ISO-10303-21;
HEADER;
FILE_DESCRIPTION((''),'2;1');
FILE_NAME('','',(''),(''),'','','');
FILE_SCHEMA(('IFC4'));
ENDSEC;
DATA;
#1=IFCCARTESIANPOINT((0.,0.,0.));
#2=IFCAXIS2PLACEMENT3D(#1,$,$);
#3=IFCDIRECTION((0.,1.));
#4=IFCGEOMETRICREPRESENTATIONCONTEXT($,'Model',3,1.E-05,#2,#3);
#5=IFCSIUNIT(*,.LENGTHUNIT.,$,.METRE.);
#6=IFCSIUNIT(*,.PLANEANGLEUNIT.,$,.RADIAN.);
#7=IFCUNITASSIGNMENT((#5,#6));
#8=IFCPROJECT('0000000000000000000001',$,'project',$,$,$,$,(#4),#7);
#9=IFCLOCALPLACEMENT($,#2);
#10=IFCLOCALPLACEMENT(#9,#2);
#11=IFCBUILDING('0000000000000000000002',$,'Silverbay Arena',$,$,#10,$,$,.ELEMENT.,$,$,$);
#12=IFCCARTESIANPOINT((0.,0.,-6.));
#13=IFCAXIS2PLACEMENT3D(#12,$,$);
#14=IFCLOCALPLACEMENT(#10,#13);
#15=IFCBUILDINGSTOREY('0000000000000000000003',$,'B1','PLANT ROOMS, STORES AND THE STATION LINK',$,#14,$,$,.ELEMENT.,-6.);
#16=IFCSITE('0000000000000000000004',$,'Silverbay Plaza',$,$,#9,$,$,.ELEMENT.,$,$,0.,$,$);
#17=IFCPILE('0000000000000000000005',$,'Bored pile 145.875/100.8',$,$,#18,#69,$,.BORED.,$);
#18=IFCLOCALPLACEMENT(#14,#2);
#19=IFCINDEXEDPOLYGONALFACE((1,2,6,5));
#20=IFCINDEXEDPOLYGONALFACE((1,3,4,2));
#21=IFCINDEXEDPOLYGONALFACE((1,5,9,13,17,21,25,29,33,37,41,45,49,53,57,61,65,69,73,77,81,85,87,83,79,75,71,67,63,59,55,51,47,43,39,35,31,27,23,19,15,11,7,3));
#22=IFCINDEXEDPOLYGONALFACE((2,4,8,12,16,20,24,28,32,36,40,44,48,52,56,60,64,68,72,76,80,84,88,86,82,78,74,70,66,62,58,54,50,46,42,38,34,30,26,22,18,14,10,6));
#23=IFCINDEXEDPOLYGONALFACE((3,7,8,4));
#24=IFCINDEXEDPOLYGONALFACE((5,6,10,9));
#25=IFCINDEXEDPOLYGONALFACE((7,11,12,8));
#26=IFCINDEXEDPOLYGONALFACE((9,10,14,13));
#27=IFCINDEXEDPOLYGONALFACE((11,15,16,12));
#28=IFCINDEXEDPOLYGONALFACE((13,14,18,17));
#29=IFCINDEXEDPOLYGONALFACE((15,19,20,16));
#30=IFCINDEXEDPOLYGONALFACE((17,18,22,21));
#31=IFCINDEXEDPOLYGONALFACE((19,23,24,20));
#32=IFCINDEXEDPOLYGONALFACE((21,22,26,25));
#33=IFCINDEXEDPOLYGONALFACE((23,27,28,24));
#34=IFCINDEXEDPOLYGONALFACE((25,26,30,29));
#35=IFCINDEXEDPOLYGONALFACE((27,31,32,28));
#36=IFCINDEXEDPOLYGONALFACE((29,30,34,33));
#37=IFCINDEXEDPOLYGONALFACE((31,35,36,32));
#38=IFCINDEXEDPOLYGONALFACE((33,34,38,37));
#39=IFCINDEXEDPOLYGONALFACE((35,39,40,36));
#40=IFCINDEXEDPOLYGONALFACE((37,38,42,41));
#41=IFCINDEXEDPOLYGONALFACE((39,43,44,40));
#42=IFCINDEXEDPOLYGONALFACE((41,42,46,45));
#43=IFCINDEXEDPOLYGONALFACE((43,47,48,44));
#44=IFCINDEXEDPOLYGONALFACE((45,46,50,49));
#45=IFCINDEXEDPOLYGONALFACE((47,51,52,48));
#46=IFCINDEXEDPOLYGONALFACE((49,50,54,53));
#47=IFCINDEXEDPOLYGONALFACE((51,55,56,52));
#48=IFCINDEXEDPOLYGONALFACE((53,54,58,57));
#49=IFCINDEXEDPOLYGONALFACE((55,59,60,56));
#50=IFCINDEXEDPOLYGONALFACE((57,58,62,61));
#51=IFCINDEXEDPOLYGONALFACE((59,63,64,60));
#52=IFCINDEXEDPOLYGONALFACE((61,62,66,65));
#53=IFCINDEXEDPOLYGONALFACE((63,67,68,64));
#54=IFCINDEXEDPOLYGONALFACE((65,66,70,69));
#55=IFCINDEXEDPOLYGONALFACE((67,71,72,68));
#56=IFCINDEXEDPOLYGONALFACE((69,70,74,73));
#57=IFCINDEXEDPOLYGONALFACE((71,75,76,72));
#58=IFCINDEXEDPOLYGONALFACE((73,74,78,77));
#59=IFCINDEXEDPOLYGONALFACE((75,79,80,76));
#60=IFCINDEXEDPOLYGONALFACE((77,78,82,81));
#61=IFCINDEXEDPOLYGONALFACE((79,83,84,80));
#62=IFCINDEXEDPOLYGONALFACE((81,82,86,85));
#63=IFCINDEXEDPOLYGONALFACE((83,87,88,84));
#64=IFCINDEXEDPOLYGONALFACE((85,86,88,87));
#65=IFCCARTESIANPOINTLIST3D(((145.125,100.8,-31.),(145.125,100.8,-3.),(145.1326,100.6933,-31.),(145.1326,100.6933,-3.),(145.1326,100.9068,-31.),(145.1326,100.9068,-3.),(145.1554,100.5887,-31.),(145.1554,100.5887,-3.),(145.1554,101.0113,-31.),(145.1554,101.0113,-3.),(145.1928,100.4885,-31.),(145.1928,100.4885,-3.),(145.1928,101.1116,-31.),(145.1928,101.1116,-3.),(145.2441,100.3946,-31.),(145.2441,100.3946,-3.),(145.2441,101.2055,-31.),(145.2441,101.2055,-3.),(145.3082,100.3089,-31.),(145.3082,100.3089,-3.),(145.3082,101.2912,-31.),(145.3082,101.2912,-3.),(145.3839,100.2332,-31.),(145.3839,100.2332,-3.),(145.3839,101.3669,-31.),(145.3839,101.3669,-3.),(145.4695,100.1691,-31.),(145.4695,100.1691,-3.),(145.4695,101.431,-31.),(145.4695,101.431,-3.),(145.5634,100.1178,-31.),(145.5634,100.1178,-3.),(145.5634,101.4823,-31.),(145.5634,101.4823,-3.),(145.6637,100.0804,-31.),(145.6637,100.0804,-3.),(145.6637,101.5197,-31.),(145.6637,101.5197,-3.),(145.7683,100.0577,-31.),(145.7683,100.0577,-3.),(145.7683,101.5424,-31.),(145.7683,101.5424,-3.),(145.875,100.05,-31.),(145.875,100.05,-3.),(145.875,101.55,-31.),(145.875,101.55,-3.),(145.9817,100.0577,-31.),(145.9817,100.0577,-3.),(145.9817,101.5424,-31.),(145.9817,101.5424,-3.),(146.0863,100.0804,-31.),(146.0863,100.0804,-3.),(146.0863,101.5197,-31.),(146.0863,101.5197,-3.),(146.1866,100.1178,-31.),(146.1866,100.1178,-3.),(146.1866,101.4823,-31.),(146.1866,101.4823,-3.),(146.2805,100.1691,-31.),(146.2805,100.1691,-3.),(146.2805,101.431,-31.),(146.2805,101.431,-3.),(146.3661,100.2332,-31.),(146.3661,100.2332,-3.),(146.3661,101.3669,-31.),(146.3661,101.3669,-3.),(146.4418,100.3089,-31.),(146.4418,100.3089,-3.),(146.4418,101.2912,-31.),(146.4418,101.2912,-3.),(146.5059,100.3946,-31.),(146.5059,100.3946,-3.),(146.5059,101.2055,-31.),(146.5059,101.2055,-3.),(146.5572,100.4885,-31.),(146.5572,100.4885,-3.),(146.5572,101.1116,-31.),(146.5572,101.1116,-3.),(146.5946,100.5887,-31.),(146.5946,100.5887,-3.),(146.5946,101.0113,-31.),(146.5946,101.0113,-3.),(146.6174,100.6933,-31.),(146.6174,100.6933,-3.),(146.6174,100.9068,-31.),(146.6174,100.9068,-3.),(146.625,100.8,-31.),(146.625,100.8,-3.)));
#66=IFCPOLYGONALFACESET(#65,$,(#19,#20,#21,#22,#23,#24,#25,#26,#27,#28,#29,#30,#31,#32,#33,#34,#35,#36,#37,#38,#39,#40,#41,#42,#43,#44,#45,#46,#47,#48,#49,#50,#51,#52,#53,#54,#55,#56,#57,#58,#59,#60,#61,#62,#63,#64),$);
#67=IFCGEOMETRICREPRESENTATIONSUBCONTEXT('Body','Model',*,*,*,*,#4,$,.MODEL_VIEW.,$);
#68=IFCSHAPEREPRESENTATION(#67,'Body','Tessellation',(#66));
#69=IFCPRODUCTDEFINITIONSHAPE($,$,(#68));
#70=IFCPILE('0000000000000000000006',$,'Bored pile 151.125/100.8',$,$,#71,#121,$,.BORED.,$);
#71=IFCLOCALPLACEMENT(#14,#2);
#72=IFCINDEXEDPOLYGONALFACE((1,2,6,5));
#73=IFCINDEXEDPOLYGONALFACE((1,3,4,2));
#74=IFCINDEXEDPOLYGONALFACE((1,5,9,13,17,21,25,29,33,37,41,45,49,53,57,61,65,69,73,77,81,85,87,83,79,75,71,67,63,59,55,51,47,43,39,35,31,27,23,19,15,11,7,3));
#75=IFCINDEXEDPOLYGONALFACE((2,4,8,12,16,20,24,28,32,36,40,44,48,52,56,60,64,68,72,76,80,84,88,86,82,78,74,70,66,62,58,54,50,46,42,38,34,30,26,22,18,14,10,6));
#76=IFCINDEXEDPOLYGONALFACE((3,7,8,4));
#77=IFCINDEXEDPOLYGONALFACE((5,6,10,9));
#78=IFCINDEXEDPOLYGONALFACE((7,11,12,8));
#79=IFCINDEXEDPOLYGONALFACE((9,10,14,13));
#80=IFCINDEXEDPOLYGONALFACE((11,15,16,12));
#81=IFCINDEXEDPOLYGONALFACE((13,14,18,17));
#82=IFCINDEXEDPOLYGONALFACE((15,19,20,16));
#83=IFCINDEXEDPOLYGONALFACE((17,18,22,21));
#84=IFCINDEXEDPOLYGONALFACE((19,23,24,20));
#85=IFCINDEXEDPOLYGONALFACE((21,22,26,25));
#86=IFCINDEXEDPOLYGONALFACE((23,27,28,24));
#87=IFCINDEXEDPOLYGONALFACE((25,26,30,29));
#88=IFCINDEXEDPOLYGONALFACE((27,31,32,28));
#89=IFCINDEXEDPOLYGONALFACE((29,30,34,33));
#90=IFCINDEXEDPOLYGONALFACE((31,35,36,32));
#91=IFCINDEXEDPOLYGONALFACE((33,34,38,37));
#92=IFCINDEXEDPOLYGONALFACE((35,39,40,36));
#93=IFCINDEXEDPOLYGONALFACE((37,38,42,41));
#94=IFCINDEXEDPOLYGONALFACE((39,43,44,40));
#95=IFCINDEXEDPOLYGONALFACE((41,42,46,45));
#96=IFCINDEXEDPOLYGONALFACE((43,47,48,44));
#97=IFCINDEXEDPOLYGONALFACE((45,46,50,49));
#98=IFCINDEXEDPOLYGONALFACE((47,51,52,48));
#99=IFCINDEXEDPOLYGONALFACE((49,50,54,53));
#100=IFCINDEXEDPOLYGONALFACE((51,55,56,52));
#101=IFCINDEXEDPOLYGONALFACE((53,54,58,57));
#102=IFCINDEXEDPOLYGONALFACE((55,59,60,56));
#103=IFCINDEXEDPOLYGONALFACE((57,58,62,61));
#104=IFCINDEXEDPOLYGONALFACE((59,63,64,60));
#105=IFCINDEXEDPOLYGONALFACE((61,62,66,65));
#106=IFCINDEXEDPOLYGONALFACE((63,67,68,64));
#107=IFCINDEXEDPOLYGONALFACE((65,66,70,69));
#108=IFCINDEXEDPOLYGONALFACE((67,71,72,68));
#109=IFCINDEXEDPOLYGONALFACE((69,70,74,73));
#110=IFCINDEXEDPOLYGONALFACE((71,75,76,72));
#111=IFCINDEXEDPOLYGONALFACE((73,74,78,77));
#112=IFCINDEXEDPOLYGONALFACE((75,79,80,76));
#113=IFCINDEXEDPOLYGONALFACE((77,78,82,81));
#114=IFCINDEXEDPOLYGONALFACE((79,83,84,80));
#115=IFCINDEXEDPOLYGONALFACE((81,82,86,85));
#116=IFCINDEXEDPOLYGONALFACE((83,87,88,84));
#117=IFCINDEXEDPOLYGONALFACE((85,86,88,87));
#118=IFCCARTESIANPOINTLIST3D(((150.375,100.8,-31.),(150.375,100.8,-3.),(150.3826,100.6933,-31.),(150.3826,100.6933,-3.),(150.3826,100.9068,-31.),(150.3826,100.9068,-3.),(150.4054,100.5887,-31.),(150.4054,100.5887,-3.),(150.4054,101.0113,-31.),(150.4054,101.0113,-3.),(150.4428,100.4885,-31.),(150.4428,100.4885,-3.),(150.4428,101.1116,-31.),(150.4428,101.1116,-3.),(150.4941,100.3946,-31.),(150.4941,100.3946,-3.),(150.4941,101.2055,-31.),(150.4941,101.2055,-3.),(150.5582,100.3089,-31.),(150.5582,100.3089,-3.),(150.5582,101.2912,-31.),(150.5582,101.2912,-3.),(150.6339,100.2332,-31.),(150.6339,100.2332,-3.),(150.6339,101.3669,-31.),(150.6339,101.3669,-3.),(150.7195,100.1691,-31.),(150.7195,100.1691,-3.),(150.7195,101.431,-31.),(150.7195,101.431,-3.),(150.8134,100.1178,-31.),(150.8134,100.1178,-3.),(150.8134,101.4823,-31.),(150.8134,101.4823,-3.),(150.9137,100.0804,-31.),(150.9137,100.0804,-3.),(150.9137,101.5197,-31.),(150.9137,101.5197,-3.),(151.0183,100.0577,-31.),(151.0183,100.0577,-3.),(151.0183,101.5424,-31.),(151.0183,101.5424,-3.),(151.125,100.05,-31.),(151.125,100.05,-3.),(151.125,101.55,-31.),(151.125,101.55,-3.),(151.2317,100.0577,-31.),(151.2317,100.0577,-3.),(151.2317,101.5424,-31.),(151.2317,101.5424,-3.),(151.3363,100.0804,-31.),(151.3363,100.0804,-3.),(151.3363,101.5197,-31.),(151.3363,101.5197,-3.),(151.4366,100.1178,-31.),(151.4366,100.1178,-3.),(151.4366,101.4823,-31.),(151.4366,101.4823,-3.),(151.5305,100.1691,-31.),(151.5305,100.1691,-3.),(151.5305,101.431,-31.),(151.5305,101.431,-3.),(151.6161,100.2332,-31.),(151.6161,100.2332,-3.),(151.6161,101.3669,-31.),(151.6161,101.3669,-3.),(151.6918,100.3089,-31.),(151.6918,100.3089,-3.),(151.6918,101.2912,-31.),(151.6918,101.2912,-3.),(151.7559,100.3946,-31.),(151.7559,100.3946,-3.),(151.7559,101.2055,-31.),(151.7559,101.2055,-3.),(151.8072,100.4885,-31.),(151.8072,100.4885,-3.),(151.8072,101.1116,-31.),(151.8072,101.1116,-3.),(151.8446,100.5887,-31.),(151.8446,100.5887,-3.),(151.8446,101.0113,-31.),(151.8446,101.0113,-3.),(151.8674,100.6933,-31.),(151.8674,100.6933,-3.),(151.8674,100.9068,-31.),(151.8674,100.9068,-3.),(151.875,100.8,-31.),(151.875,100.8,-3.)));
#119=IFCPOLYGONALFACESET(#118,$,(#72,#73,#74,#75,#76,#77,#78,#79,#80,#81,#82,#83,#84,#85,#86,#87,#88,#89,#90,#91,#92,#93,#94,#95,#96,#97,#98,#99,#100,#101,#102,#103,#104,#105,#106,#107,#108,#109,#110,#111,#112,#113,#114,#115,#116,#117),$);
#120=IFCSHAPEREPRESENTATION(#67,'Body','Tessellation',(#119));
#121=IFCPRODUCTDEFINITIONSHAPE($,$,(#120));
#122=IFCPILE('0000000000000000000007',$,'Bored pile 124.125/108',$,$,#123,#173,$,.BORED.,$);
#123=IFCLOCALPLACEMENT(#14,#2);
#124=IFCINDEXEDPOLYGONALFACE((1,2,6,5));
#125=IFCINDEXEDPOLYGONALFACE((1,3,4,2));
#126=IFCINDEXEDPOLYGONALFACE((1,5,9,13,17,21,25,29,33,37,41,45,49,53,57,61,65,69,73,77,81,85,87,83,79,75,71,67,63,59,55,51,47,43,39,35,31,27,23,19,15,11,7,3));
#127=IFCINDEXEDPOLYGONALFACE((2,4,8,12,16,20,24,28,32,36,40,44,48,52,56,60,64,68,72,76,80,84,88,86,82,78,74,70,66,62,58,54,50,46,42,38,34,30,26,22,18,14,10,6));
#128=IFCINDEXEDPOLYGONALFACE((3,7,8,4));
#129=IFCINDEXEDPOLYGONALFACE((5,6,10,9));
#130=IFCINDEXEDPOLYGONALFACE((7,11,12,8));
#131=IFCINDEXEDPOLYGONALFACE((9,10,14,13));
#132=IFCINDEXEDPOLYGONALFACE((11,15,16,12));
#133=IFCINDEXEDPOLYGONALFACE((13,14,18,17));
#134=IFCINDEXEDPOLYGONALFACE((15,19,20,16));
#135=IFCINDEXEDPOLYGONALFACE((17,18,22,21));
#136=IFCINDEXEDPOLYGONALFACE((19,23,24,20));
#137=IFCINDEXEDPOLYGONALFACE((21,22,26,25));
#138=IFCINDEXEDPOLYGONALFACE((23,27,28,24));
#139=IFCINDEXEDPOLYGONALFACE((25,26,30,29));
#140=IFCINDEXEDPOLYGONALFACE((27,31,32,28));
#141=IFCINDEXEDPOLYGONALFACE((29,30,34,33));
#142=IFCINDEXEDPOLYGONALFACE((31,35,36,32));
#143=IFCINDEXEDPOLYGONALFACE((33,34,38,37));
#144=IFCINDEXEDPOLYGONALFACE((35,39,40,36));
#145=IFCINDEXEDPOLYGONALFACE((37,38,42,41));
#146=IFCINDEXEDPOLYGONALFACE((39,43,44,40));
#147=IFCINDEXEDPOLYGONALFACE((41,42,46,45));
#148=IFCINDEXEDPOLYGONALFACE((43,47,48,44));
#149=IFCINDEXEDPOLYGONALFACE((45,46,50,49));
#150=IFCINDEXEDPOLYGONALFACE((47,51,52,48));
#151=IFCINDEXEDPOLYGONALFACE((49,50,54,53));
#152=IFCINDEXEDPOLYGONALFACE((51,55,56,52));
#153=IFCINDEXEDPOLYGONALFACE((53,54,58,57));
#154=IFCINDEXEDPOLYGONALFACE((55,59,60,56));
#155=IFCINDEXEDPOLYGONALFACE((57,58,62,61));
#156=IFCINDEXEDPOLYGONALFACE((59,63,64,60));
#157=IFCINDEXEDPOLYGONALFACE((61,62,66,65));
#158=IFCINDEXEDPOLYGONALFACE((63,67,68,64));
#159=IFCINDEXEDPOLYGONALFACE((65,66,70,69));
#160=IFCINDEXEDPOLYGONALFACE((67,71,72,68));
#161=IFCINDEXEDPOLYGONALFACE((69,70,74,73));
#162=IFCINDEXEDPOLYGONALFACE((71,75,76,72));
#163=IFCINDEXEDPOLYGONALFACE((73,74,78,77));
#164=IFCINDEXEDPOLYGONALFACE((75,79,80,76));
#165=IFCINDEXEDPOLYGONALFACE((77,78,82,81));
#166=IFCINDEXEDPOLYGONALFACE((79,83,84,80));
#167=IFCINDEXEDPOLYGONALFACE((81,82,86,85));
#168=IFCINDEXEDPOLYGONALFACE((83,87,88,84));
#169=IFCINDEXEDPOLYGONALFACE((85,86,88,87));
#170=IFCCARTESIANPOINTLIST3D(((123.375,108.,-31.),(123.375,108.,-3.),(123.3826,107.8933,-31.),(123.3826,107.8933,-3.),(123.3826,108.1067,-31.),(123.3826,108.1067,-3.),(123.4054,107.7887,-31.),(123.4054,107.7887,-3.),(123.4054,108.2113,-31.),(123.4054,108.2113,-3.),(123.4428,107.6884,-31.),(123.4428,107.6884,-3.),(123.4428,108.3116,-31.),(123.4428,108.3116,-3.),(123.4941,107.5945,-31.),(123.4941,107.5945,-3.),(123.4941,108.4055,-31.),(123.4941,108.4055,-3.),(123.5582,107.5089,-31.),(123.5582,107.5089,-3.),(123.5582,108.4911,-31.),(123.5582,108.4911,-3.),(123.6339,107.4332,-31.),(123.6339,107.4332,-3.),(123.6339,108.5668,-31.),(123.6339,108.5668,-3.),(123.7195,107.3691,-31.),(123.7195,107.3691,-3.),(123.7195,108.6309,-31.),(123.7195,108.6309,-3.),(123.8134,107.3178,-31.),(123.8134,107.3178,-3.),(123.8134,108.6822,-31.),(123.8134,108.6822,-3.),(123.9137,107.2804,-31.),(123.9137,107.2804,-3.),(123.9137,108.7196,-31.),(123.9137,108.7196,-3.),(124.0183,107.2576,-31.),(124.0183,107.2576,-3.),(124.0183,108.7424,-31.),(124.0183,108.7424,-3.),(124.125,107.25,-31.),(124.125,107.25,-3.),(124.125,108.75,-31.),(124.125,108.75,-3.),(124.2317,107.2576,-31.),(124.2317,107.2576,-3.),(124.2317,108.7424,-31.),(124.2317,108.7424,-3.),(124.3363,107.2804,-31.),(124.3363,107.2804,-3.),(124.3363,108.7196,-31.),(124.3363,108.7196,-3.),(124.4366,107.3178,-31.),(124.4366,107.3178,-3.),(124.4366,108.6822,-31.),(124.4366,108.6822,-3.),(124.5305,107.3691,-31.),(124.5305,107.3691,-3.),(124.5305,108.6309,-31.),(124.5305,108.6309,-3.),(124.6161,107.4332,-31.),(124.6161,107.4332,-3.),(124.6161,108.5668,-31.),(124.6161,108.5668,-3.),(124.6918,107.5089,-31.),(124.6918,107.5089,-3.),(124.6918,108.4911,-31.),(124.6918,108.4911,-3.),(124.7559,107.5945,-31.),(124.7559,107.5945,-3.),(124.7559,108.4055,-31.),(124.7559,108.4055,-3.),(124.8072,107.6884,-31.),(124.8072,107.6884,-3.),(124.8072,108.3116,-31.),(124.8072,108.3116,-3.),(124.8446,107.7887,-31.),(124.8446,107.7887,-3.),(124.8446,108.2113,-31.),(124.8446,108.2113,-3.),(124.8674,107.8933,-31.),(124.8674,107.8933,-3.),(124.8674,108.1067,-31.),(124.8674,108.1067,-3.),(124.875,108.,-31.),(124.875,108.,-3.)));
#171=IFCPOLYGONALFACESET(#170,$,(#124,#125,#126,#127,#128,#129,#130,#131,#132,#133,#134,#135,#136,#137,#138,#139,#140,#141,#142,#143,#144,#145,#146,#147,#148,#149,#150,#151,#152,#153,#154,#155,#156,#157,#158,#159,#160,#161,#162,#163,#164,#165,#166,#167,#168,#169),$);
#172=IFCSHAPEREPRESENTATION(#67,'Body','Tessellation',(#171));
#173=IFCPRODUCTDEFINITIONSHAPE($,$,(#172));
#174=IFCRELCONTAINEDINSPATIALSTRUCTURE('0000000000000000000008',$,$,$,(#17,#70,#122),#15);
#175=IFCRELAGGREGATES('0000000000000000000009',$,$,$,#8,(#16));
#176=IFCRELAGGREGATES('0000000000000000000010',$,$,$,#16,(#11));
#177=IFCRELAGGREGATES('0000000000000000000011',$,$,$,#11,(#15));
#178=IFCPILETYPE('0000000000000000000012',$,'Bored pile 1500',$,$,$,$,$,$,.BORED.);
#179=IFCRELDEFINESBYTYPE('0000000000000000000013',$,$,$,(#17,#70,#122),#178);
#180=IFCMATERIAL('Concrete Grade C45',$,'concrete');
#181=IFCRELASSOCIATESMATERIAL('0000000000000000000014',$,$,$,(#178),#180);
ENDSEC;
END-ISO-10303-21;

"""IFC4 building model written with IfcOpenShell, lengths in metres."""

from ifc_helpers import new_model, si_unit, direction, frame, origin, origin_2d, place, context, subcontext, project, spatial, circle, extrude, material, material_profile, profile_set, type_object, element, save


model = new_model("IFC4")

# Units and contexts
model_context = context("Model", 3, precision=1e-05, world=origin(), true_north=direction((0.0, 1.0)))
body_context = subcontext(model_context, "Body", "Model", "MODEL_VIEW")
ifc_project = project(units=[si_unit("LENGTHUNIT", "METRE"), si_unit("PLANEANGLEUNIT", "RADIAN")], contexts=[model_context])

# Site, building, storey
site_placement = place(None, origin())
site = spatial("IfcSite", under=ifc_project, at=site_placement, Name="Silverbay Plaza", CompositionType="ELEMENT", RefElevation=0.0)
building_placement = place(site_placement, origin())
building = spatial("IfcBuilding", under=site, at=building_placement, Name="Silverbay Arena", CompositionType="ELEMENT")
storey_placement = place(building_placement, frame((0.0, 0.0, -6.0)))
storey = spatial("IfcBuildingStorey", under=building, at=storey_placement, Name="B1", Description="PLANT ROOMS, STORES AND THE STATION LINK", CompositionType="ELEMENT", Elevation=-6.0)

# Piles
ifc_material_1 = material(Name="Concrete Grade C45", Category="concrete")
ifc_material_profile_1 = material_profile(ifc_material_1, circle(Radius=0.75, at=origin_2d()), Name="Bored pile 1500")
ifc_profile_set_1 = profile_set([ifc_material_profile_1], Name="Concrete Grade C45")
pile_type = type_object("IfcPileType", Name="Bored pile 1500", PredefinedType="BORED", material=ifc_profile_set_1)
for number, where, z_axis, x_axis, name in (
    (1, (145.875, 100.8, -3.0), (0.0, 0.0, -1.0), (1.0, 0.0, 0.0), "Bored pile 145.875/100.8"),
    (2, (151.125, 100.8, -3.0), (0.0, 0.0, -1.0), (1.0, 0.0, 0.0), "Bored pile 151.125/100.8"),
    (3, (124.125, 108.0, -3.0), (0.0, 0.0, -1.0), (1.0, 0.0, 0.0), "Bored pile 124.125/108"),
):
    element("IfcPile", number, at=place(storey_placement, frame(where, z_axis=z_axis, x_axis=x_axis)), inside=storey, type_object=pile_type, Name=name, PredefinedType="BORED", context=body_context, shape_type="SweptSolid", body=[
        extrude(circle(Radius=0.75, at=origin_2d()), origin(), (0.0, 0.0, 1.0), 28.0),
    ])

save(model, "model.ifc")
